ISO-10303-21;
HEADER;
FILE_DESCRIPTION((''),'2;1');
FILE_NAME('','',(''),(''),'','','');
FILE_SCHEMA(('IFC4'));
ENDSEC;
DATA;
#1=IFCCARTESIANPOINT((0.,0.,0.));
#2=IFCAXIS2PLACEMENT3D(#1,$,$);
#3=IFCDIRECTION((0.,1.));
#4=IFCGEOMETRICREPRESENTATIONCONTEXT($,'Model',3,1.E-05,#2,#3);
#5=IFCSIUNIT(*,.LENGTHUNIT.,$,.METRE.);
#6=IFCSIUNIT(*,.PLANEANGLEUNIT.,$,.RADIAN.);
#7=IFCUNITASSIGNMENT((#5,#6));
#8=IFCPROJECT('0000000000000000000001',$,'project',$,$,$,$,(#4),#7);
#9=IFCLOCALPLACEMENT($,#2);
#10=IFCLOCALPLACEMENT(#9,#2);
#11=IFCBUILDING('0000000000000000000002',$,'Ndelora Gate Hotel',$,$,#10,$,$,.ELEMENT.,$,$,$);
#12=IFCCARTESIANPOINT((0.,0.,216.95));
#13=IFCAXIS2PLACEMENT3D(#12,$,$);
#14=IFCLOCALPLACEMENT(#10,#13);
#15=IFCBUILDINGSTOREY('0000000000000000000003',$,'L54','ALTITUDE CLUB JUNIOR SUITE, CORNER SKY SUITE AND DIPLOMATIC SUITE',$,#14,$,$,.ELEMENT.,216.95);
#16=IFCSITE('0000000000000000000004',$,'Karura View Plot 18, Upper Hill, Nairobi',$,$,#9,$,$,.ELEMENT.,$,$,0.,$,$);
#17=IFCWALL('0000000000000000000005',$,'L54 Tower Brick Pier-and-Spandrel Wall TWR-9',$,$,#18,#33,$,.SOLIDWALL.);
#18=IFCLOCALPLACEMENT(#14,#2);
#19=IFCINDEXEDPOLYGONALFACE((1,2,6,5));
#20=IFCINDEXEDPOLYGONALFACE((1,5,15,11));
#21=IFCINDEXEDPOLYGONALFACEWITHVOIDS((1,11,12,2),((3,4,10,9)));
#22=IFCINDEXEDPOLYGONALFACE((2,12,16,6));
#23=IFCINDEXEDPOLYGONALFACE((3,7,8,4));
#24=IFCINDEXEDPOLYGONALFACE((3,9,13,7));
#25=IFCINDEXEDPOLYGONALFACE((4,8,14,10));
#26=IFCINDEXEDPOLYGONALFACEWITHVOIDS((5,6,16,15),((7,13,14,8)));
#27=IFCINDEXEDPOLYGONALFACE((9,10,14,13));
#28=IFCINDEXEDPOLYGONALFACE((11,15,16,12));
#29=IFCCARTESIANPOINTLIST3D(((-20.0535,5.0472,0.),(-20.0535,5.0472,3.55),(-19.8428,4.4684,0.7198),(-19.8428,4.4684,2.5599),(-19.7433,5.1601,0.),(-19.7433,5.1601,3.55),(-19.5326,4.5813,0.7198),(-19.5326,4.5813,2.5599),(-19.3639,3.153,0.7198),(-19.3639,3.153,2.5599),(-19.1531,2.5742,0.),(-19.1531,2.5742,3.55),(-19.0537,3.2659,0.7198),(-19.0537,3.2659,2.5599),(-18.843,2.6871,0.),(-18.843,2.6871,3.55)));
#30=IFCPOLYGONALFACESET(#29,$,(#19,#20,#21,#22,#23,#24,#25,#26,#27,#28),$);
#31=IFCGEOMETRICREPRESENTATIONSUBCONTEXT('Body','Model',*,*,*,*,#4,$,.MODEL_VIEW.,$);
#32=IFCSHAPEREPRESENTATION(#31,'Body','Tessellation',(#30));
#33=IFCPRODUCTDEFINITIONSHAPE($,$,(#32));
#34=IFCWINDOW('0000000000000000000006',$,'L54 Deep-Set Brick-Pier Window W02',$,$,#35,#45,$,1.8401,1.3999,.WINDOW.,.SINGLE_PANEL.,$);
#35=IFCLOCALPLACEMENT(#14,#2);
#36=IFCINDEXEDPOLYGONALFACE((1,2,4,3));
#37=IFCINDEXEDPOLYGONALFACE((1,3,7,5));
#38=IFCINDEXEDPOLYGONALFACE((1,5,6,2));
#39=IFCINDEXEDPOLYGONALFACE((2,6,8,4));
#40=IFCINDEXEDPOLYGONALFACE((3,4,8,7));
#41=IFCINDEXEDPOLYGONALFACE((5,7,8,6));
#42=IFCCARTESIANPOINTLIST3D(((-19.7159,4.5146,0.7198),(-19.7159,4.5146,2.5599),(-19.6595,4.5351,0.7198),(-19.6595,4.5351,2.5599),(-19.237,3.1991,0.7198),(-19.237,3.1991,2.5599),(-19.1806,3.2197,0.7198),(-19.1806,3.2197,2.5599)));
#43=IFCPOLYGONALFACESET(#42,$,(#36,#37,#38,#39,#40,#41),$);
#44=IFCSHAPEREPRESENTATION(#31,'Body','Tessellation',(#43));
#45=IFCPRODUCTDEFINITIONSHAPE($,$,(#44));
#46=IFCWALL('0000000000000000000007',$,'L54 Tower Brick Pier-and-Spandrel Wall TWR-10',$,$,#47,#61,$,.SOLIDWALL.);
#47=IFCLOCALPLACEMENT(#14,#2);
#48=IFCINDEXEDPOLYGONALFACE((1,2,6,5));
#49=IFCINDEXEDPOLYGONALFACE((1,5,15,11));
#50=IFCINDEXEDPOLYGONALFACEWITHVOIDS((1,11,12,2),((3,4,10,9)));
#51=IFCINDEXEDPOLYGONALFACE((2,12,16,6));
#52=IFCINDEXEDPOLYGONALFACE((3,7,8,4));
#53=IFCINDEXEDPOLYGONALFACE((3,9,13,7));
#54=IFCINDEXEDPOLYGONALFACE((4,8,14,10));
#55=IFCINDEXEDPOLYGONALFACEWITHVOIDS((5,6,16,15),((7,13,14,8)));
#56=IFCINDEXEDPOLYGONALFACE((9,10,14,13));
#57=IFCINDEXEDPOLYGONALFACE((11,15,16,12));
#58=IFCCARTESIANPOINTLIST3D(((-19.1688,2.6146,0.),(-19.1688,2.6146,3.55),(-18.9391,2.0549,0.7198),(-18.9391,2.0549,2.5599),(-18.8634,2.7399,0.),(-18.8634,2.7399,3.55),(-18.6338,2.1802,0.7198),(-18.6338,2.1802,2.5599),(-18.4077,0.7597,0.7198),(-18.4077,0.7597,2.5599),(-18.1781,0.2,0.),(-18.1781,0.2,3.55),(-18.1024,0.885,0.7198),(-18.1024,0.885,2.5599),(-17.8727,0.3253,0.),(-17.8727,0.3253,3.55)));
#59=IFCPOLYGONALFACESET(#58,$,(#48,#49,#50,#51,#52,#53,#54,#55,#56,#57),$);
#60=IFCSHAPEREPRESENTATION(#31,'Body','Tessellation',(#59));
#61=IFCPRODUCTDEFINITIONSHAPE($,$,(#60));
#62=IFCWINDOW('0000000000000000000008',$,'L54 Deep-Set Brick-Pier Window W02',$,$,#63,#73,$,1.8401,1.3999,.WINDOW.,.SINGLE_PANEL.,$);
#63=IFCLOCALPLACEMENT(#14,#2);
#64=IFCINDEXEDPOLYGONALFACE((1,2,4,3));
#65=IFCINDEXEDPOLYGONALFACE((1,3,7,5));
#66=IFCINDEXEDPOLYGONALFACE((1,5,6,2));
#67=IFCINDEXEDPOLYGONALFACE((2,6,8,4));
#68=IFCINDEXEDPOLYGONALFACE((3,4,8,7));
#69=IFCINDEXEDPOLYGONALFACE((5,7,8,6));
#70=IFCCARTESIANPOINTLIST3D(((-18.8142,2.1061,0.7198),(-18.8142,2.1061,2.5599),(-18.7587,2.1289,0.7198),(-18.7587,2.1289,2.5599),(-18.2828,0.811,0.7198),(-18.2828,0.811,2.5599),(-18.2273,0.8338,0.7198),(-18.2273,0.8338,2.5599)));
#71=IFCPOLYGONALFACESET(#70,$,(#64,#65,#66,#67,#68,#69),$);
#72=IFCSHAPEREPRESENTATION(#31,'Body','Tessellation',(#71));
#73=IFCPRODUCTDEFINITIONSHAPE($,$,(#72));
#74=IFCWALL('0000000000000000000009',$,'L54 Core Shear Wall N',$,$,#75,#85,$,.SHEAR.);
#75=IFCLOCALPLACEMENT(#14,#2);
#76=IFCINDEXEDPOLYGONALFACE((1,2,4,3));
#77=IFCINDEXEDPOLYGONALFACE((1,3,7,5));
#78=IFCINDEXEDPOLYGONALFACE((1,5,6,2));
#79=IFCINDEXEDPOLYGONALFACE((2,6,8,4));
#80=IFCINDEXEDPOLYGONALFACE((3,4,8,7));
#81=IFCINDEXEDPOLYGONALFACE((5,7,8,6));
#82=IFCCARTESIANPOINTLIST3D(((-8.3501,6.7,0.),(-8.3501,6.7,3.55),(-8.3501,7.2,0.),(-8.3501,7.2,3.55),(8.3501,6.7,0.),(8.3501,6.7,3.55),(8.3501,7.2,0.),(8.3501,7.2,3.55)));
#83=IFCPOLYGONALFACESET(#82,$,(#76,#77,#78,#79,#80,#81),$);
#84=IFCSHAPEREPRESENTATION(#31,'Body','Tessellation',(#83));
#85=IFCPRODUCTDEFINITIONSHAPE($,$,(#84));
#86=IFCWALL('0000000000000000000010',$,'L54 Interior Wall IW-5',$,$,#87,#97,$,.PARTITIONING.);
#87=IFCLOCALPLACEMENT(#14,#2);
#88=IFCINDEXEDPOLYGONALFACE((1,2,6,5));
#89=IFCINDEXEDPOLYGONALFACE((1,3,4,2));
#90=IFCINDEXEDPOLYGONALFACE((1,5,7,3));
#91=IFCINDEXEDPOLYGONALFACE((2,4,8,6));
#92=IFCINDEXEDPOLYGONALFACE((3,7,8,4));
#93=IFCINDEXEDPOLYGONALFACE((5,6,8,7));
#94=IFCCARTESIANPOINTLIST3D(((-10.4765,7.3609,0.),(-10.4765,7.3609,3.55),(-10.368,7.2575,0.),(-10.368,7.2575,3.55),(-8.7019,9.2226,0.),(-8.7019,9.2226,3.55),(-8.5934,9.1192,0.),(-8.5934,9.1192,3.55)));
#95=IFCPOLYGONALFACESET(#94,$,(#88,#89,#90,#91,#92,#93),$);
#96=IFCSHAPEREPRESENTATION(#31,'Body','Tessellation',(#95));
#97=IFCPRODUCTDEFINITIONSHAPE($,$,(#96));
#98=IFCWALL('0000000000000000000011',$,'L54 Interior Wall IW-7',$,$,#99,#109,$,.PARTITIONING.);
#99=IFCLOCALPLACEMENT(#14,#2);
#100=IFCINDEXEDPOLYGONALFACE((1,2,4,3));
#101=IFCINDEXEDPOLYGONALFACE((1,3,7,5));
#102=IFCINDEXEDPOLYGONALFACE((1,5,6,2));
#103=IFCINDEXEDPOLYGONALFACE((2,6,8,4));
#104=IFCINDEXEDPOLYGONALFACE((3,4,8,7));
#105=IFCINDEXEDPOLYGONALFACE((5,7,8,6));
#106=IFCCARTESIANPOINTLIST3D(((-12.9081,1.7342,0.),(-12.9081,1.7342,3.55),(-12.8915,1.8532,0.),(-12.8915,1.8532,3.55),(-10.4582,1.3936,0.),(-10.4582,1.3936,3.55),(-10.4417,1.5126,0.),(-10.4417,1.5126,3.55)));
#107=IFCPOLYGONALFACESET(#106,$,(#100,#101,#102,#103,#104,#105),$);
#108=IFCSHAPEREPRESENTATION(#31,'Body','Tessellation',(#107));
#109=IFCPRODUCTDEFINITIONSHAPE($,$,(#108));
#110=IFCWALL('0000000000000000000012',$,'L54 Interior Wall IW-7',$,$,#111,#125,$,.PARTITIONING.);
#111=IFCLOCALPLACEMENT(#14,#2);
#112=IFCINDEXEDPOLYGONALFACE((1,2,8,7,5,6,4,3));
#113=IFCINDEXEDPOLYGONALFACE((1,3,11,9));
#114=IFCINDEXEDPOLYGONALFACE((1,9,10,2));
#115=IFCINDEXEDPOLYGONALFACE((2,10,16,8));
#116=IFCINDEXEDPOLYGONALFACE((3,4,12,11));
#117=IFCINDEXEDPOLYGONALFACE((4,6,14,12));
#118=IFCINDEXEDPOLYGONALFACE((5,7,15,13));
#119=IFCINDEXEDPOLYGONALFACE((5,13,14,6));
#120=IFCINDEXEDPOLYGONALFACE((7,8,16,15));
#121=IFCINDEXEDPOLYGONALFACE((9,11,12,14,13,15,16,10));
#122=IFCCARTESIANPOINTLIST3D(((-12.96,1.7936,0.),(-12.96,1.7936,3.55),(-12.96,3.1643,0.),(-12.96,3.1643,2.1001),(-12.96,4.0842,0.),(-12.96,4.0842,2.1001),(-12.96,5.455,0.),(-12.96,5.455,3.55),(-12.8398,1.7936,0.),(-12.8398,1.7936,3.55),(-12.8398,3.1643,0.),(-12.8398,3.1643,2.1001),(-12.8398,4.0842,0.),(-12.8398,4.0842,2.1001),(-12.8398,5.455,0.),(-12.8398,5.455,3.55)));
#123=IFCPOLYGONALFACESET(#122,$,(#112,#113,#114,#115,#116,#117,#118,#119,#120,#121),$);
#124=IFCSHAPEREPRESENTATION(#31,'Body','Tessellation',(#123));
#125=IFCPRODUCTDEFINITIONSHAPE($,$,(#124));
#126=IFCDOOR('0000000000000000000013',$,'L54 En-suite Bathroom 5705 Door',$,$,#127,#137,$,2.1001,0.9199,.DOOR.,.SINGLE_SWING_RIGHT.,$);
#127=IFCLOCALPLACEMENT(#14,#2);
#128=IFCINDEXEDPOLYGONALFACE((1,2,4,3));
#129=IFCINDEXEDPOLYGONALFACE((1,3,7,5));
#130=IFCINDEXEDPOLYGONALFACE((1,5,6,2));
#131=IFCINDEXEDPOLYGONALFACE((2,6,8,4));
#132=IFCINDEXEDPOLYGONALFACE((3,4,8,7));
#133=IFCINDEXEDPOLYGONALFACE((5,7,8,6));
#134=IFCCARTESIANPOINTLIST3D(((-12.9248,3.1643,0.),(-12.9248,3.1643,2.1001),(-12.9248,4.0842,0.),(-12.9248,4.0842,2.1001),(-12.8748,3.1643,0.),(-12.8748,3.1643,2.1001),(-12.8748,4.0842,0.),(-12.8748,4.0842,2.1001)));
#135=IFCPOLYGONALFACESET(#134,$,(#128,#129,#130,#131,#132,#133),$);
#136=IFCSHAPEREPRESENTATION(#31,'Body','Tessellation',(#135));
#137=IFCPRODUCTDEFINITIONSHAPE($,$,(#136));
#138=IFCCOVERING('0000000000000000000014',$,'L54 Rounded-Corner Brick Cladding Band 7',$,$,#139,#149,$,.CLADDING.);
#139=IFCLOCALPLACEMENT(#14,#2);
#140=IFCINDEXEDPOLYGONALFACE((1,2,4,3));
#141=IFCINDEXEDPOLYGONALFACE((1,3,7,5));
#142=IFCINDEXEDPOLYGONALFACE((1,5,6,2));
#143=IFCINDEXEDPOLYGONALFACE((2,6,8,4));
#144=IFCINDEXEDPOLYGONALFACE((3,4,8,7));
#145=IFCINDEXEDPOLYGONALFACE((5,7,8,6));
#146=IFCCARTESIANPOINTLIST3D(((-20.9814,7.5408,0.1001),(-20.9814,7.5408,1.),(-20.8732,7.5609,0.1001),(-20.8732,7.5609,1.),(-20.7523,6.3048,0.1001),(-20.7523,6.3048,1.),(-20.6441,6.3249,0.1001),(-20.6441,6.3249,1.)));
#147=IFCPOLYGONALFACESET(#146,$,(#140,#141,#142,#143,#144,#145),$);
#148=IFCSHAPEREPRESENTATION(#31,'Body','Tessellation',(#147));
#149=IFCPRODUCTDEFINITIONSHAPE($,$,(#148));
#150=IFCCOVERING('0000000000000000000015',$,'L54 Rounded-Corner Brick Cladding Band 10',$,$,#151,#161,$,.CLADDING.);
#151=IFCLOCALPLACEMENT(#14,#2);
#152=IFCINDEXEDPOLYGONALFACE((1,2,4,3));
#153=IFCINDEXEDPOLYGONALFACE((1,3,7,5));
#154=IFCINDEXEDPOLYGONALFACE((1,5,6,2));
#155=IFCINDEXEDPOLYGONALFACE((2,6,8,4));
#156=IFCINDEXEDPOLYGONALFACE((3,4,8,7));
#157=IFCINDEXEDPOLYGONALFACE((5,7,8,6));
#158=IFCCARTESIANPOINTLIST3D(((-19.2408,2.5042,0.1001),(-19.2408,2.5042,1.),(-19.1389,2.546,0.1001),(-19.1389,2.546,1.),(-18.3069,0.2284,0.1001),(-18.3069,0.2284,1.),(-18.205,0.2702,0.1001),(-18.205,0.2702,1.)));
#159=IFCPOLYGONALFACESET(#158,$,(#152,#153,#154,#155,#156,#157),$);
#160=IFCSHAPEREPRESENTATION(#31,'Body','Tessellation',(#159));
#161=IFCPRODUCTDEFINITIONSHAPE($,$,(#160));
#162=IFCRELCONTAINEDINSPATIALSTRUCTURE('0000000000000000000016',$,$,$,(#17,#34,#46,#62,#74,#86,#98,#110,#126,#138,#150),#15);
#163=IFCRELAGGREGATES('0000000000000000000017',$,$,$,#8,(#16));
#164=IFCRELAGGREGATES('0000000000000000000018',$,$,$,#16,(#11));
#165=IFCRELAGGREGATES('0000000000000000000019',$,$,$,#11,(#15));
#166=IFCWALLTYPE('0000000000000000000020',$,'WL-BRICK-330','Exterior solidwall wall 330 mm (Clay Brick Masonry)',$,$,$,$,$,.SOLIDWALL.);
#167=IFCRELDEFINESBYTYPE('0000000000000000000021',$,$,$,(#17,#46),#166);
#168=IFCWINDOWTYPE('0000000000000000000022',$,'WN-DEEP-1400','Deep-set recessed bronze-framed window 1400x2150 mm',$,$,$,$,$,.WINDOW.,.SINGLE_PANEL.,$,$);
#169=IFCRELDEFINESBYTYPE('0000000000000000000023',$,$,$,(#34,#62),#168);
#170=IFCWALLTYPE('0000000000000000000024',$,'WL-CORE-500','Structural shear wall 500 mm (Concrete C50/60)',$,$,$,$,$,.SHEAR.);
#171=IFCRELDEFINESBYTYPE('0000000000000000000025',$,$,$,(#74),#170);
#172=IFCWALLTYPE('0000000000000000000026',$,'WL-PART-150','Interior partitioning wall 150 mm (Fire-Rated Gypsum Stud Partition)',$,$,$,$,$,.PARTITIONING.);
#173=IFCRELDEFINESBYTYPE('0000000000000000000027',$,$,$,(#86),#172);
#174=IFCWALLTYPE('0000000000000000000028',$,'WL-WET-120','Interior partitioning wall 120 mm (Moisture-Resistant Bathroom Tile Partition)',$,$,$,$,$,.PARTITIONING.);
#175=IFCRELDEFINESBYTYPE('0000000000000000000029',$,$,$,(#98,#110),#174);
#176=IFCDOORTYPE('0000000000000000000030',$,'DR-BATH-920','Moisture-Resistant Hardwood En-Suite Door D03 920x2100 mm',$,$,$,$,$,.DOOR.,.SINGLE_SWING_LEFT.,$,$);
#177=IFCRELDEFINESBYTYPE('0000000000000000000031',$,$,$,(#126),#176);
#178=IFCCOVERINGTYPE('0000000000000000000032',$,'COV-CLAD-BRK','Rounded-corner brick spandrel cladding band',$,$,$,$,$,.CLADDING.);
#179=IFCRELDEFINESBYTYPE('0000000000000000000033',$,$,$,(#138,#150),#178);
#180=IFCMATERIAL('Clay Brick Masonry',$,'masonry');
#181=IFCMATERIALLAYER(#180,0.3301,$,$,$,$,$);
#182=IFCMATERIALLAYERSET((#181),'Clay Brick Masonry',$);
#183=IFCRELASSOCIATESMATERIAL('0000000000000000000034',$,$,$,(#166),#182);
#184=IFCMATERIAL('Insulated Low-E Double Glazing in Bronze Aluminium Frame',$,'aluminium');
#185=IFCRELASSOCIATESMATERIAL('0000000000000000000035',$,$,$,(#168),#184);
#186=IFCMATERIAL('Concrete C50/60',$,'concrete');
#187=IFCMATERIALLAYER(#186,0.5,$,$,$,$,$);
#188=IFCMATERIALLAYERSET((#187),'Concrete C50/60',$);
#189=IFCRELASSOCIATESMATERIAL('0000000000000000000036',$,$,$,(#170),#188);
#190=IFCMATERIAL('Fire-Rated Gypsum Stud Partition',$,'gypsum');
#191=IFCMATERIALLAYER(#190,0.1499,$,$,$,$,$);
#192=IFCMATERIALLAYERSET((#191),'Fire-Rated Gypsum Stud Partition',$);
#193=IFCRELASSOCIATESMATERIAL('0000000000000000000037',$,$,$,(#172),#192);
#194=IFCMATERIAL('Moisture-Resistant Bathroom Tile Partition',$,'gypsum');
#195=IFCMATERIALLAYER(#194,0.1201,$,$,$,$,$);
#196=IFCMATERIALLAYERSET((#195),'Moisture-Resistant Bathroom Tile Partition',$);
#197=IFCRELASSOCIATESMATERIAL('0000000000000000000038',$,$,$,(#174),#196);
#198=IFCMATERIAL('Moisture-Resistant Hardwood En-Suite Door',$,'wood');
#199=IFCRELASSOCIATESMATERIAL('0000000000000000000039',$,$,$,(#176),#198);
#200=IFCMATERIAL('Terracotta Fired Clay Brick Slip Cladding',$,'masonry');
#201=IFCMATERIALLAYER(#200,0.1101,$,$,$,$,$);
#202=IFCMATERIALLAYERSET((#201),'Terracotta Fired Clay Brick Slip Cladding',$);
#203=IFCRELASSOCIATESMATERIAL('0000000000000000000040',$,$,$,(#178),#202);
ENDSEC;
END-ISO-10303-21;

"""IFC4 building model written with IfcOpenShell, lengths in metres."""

from ifc_helpers import new_model, si_unit, direction, frame, frame_2d, origin, origin_2d, place, context, subcontext, project, spatial, rectangle, extrude, material, layer, layer_set, type_object, element, fill, save


model = new_model("IFC4")

# Units and contexts
model_context = context("Model", 3, precision=1e-05, world=origin(), true_north=direction((0.0, 1.0)))
body_context = subcontext(model_context, "Body", "Model", "MODEL_VIEW")
ifc_project = project(units=[si_unit("LENGTHUNIT", "METRE"), si_unit("PLANEANGLEUNIT", "RADIAN")], contexts=[model_context])

# Site, building, storey
site_placement = place(None, origin())
site = spatial("IfcSite", under=ifc_project, at=site_placement, Name="Karura View Plot 18, Upper Hill, Nairobi", CompositionType="ELEMENT", RefElevation=0.0)
building_placement = place(site_placement, origin())
building = spatial("IfcBuilding", under=site, at=building_placement, Name="Ndelora Gate Hotel", CompositionType="ELEMENT")
storey_placement = place(building_placement, frame((0.0, 0.0, 216.95)))
storey = spatial("IfcBuildingStorey", under=building, at=storey_placement, Name="L54", Description="ALTITUDE CLUB JUNIOR SUITE, CORNER SKY SUITE AND DIPLOMATIC SUITE", CompositionType="ELEMENT", Elevation=216.95)

# Shared definitions
ifc_material_1 = material(Name="Concrete C50/60", Category="concrete")

# Shared definitions
ifc_material_2 = material(Name="Clay Brick Masonry", Category="masonry")
ifc_layer_1 = layer(ifc_material_2, 0.3301)
ifc_layer_set_1 = layer_set([ifc_layer_1], Name="Clay Brick Masonry")
wall_type_1 = type_object("IfcWallType", Name="WL-BRICK-330", Description="Exterior solidwall wall 330 mm (Clay Brick Masonry)", PredefinedType="SOLIDWALL", material=ifc_layer_set_1)

# Walls, openings, windows
wall_1_placement = place(storey_placement, frame((-18.998, 2.6306, 0.0), z_axis=(0.0, 0.0, 1.0), x_axis=(-0.342101, 0.939663, 0.0)))
wall_1 = element("IfcWall", 1, at=wall_1_placement, inside=storey, type_object=wall_type_1, Name="L54 Tower Brick Pier-and-Spandrel Wall TWR-9", PredefinedType="SOLIDWALL", context=body_context, shape_type="SweptSolid", body=[
    extrude(rectangle(XDim=2.6318, YDim=0.3301, at=frame_2d((1.3159, 0.0))), origin(), (0.0, 0.0, 1.0), 3.55),
])
opening_1_placement = place(wall_1_placement, frame((0.616, 0.0, 0.72)))
opening_1 = element("IfcOpeningElement", 2, at=opening_1_placement, cuts=wall_1, PredefinedType="OPENING", context=body_context, shape_type="SweptSolid", body=[
    extrude(rectangle(XDim=1.3999, YDim=1.8401, at=frame_2d((0.7, 0.9199))), frame((0.0, 0.175, 0.0), z_axis=(0.0, -1.0, 0.0), x_axis=(1.0, 0.0, 0.0)), (0.0, 0.0, 1.0), 0.3501),
])
ifc_material_3 = material(Name="Insulated Low-E Double Glazing in Bronze Aluminium Frame", Category="aluminium")
window_type = type_object("IfcWindowType", Name="WN-DEEP-1400", Description="Deep-set recessed bronze-framed window 1400x2150 mm", PartitioningType="SINGLE_PANEL", PredefinedType="WINDOW", material=ifc_material_3)
window_1_placement = place(opening_1_placement, origin())
window_1 = element("IfcWindow", 3, at=window_1_placement, inside=storey, type_object=window_type, Name="L54 Deep-Set Brick-Pier Window W02", OverallHeight=1.8401, OverallWidth=1.3999, PartitioningType="SINGLE_PANEL", PredefinedType="WINDOW", context=body_context, shape_type="SweptSolid", body=[
    extrude(rectangle(XDim=1.3999, YDim=1.8401, at=frame_2d((0.7, 0.9199))), frame((0.0, 0.03, 0.0), z_axis=(0.0, -1.0, 0.0), x_axis=(1.0, 0.0, 0.0)), (0.0, 0.0, 1.0), 0.0601),
])
fill(opening_1, window_1)
wall_2_placement = place(storey_placement, frame((-18.0254, 0.2627, 0.0), z_axis=(0.0, 0.0, 1.0), x_axis=(-0.379602, 0.92515, 0.0)))
wall_2 = element("IfcWall", 4, at=wall_2_placement, inside=storey, type_object=wall_type_1, Name="L54 Tower Brick Pier-and-Spandrel Wall TWR-10", PredefinedType="SOLIDWALL", context=body_context, shape_type="SweptSolid", body=[
    extrude(rectangle(XDim=2.6099, YDim=0.3301, at=frame_2d((1.3049, 0.0))), origin(), (0.0, 0.0, 1.0), 3.55),
])
opening_2_placement = place(wall_2_placement, frame((0.605, 0.0, 0.72)))
opening_2 = element("IfcOpeningElement", 5, at=opening_2_placement, cuts=wall_2, PredefinedType="OPENING", context=body_context, shape_type="SweptSolid", body=[
    extrude(rectangle(XDim=1.3999, YDim=1.8401, at=frame_2d((0.7, 0.9199))), frame((0.0, 0.175, 0.0), z_axis=(0.0, -1.0, 0.0), x_axis=(1.0, 0.0, 0.0)), (0.0, 0.0, 1.0), 0.3501),
])
window_2_placement = place(opening_2_placement, origin())
window_2 = element("IfcWindow", 6, at=window_2_placement, inside=storey, type_object=window_type, Name="L54 Deep-Set Brick-Pier Window W02", OverallHeight=1.8401, OverallWidth=1.3999, PartitioningType="SINGLE_PANEL", PredefinedType="WINDOW", context=body_context, shape_type="SweptSolid", body=[
    extrude(rectangle(XDim=1.3999, YDim=1.8401, at=frame_2d((0.7, 0.9199))), frame((0.0, 0.03, 0.0), z_axis=(0.0, -1.0, 0.0), x_axis=(1.0, 0.0, 0.0)), (0.0, 0.0, 1.0), 0.0601),
])
fill(opening_2, window_2)

# Wall
ifc_layer_2 = layer(ifc_material_1, 0.5)
ifc_layer_set_2 = layer_set([ifc_layer_2], Name="Concrete C50/60")
wall_type_2 = type_object("IfcWallType", Name="WL-CORE-500", Description="Structural shear wall 500 mm (Concrete C50/60)", PredefinedType="SHEAR", material=ifc_layer_set_2)
wall_3_placement = place(storey_placement, frame((-8.3501, 6.95, 0.0), z_axis=(0.0, 0.0, 1.0), x_axis=(1.0, 0.0, 0.0)))
element("IfcWall", 7, at=wall_3_placement, inside=storey, type_object=wall_type_2, Name="L54 Core Shear Wall N", PredefinedType="SHEAR", context=body_context, shape_type="SweptSolid", body=[
    extrude(rectangle(XDim=16.7002, YDim=0.5, at=frame_2d((8.3501, 0.0))), origin(), (0.0, 0.0, 1.0), 3.55),
])

# Wall
ifc_material_4 = material(Name="Fire-Rated Gypsum Stud Partition", Category="gypsum")
ifc_layer_3 = layer(ifc_material_4, 0.1499)
ifc_layer_set_3 = layer_set([ifc_layer_3], Name="Fire-Rated Gypsum Stud Partition")
wall_type_3 = type_object("IfcWallType", Name="WL-PART-150", Description="Interior partitioning wall 150 mm (Fire-Rated Gypsum Stud Partition)", PredefinedType="PARTITIONING", material=ifc_layer_set_3)
wall_4_placement = place(storey_placement, frame((-10.4224, 7.3091, 0.0), z_axis=(0.0, 0.0, 1.0), x_axis=(0.689961, 0.723847, 0.0)))
element("IfcWall", 8, at=wall_4_placement, inside=storey, type_object=wall_type_3, Name="L54 Interior Wall IW-5", PredefinedType="PARTITIONING", context=body_context, shape_type="SweptSolid", body=[
    extrude(rectangle(XDim=2.572, YDim=0.1499, at=frame_2d((1.2861, 0.0))), origin(), (0.0, 0.0, 1.0), 3.55),
])

# Wall
ifc_material_5 = material(Name="Moisture-Resistant Bathroom Tile Partition", Category="gypsum")
ifc_layer_4 = layer(ifc_material_5, 0.1201)
ifc_layer_set_4 = layer_set([ifc_layer_4], Name="Moisture-Resistant Bathroom Tile Partition")
wall_type_4 = type_object("IfcWallType", Name="WL-WET-120", Description="Interior partitioning wall 120 mm (Moisture-Resistant Bathroom Tile Partition)", PredefinedType="PARTITIONING", material=ifc_layer_set_4)
wall_5_placement = place(storey_placement, frame((-12.8999, 1.7937, 0.0), z_axis=(0.0, 0.0, 1.0), x_axis=(0.990475, -0.137689, 0.0)))
element("IfcWall", 9, at=wall_5_placement, inside=storey, type_object=wall_type_4, Name="L54 Interior Wall IW-7", PredefinedType="PARTITIONING", context=body_context, shape_type="SweptSolid", body=[
    extrude(rectangle(XDim=2.4734, YDim=0.1201, at=frame_2d((1.2368, 0.0))), origin(), (0.0, 0.0, 1.0), 3.55),
])

# Wall, opening, door
wall_6_placement = place(storey_placement, frame((-12.8999, 1.7937, 0.0), z_axis=(0.0, 0.0, 1.0), x_axis=(0.0, 1.0, 0.0)))
wall_6 = element("IfcWall", 10, at=wall_6_placement, inside=storey, type_object=wall_type_4, Name="L54 Interior Wall IW-7", PredefinedType="PARTITIONING", context=body_context, shape_type="SweptSolid", body=[
    extrude(rectangle(XDim=3.6614, YDim=0.1201, at=frame_2d((1.8306, 0.0))), origin(), (0.0, 0.0, 1.0), 3.55),
])
opening_3_placement = place(wall_6_placement, frame((1.3706, 0.0, 0.0)))
opening_3 = element("IfcOpeningElement", 11, at=opening_3_placement, cuts=wall_6, PredefinedType="OPENING", context=body_context, shape_type="SweptSolid", body=[
    extrude(rectangle(XDim=0.9199, YDim=2.1001, at=frame_2d((0.46, 1.05))), frame((0.0, 0.0701, 0.0), z_axis=(0.0, -1.0, 0.0), x_axis=(1.0, 0.0, 0.0)), (0.0, 0.0, 1.0), 0.1401),
])
ifc_material_6 = material(Name="Moisture-Resistant Hardwood En-Suite Door", Category="wood")
door_type_1 = type_object("IfcDoorType", Name="DR-BATH-920", Description="Moisture-Resistant Hardwood En-Suite Door D03 920x2100 mm", OperationType="SINGLE_SWING_LEFT", PredefinedType="DOOR", material=ifc_material_6)
door_1_placement = place(opening_3_placement, origin())
door_1 = element("IfcDoor", 12, at=door_1_placement, inside=storey, type_object=door_type_1, Name="L54 En-suite Bathroom 5705 Door", OperationType="SINGLE_SWING_RIGHT", OverallHeight=2.1001, OverallWidth=0.9199, PredefinedType="DOOR", context=body_context, shape_type="SweptSolid", body=[
    extrude(rectangle(XDim=0.9199, YDim=2.1001, at=frame_2d((0.46, 1.05))), frame((0.0, 0.0249, 0.0), z_axis=(0.0, -1.0, 0.0), x_axis=(1.0, 0.0, 0.0)), (0.0, 0.0, 1.0), 0.05),
])
fill(opening_3, door_1)

# Coverings
ifc_material_7 = material(Name="Terracotta Fired Clay Brick Slip Cladding", Category="masonry")
ifc_layer_5 = layer(ifc_material_7, 0.1101)
ifc_layer_set_5 = layer_set([ifc_layer_5], Name="Terracotta Fired Clay Brick Slip Cladding")
covering_type_1 = type_object("IfcCoveringType", Name="COV-CLAD-BRK", Description="Rounded-corner brick spandrel cladding band", PredefinedType="CLADDING", material=ifc_layer_set_5)
covering_1_placement = place(storey_placement, frame((-20.8127, 6.9329, 0.1001), z_axis=(0.0, 0.0, 1.0), x_axis=(-0.182236, 0.983255, 0.0)))
element("IfcCovering", 13, at=covering_1_placement, inside=storey, type_object=covering_type_1, Name="L54 Rounded-Corner Brick Cladding Band 7", PredefinedType="CLADDING", context=body_context, shape_type="SweptSolid", body=[
    extrude(rectangle(XDim=1.2571, YDim=0.1101, at=origin_2d()), origin(), (0.0, 0.0, 1.0), 0.8999),
])
covering_2_placement = place(storey_placement, frame((-18.7229, 1.3872, 0.1001), z_axis=(0.0, 0.0, 1.0), x_axis=(-0.379618, 0.925143, 0.0)))
element("IfcCovering", 14, at=covering_2_placement, inside=storey, type_object=covering_type_1, Name="L54 Rounded-Corner Brick Cladding Band 10", PredefinedType="CLADDING", context=body_context, shape_type="SweptSolid", body=[
    extrude(rectangle(XDim=2.46, YDim=0.1101, at=origin_2d()), origin(), (0.0, 0.0, 1.0), 0.8999),
])

save(model, "model.ifc")
